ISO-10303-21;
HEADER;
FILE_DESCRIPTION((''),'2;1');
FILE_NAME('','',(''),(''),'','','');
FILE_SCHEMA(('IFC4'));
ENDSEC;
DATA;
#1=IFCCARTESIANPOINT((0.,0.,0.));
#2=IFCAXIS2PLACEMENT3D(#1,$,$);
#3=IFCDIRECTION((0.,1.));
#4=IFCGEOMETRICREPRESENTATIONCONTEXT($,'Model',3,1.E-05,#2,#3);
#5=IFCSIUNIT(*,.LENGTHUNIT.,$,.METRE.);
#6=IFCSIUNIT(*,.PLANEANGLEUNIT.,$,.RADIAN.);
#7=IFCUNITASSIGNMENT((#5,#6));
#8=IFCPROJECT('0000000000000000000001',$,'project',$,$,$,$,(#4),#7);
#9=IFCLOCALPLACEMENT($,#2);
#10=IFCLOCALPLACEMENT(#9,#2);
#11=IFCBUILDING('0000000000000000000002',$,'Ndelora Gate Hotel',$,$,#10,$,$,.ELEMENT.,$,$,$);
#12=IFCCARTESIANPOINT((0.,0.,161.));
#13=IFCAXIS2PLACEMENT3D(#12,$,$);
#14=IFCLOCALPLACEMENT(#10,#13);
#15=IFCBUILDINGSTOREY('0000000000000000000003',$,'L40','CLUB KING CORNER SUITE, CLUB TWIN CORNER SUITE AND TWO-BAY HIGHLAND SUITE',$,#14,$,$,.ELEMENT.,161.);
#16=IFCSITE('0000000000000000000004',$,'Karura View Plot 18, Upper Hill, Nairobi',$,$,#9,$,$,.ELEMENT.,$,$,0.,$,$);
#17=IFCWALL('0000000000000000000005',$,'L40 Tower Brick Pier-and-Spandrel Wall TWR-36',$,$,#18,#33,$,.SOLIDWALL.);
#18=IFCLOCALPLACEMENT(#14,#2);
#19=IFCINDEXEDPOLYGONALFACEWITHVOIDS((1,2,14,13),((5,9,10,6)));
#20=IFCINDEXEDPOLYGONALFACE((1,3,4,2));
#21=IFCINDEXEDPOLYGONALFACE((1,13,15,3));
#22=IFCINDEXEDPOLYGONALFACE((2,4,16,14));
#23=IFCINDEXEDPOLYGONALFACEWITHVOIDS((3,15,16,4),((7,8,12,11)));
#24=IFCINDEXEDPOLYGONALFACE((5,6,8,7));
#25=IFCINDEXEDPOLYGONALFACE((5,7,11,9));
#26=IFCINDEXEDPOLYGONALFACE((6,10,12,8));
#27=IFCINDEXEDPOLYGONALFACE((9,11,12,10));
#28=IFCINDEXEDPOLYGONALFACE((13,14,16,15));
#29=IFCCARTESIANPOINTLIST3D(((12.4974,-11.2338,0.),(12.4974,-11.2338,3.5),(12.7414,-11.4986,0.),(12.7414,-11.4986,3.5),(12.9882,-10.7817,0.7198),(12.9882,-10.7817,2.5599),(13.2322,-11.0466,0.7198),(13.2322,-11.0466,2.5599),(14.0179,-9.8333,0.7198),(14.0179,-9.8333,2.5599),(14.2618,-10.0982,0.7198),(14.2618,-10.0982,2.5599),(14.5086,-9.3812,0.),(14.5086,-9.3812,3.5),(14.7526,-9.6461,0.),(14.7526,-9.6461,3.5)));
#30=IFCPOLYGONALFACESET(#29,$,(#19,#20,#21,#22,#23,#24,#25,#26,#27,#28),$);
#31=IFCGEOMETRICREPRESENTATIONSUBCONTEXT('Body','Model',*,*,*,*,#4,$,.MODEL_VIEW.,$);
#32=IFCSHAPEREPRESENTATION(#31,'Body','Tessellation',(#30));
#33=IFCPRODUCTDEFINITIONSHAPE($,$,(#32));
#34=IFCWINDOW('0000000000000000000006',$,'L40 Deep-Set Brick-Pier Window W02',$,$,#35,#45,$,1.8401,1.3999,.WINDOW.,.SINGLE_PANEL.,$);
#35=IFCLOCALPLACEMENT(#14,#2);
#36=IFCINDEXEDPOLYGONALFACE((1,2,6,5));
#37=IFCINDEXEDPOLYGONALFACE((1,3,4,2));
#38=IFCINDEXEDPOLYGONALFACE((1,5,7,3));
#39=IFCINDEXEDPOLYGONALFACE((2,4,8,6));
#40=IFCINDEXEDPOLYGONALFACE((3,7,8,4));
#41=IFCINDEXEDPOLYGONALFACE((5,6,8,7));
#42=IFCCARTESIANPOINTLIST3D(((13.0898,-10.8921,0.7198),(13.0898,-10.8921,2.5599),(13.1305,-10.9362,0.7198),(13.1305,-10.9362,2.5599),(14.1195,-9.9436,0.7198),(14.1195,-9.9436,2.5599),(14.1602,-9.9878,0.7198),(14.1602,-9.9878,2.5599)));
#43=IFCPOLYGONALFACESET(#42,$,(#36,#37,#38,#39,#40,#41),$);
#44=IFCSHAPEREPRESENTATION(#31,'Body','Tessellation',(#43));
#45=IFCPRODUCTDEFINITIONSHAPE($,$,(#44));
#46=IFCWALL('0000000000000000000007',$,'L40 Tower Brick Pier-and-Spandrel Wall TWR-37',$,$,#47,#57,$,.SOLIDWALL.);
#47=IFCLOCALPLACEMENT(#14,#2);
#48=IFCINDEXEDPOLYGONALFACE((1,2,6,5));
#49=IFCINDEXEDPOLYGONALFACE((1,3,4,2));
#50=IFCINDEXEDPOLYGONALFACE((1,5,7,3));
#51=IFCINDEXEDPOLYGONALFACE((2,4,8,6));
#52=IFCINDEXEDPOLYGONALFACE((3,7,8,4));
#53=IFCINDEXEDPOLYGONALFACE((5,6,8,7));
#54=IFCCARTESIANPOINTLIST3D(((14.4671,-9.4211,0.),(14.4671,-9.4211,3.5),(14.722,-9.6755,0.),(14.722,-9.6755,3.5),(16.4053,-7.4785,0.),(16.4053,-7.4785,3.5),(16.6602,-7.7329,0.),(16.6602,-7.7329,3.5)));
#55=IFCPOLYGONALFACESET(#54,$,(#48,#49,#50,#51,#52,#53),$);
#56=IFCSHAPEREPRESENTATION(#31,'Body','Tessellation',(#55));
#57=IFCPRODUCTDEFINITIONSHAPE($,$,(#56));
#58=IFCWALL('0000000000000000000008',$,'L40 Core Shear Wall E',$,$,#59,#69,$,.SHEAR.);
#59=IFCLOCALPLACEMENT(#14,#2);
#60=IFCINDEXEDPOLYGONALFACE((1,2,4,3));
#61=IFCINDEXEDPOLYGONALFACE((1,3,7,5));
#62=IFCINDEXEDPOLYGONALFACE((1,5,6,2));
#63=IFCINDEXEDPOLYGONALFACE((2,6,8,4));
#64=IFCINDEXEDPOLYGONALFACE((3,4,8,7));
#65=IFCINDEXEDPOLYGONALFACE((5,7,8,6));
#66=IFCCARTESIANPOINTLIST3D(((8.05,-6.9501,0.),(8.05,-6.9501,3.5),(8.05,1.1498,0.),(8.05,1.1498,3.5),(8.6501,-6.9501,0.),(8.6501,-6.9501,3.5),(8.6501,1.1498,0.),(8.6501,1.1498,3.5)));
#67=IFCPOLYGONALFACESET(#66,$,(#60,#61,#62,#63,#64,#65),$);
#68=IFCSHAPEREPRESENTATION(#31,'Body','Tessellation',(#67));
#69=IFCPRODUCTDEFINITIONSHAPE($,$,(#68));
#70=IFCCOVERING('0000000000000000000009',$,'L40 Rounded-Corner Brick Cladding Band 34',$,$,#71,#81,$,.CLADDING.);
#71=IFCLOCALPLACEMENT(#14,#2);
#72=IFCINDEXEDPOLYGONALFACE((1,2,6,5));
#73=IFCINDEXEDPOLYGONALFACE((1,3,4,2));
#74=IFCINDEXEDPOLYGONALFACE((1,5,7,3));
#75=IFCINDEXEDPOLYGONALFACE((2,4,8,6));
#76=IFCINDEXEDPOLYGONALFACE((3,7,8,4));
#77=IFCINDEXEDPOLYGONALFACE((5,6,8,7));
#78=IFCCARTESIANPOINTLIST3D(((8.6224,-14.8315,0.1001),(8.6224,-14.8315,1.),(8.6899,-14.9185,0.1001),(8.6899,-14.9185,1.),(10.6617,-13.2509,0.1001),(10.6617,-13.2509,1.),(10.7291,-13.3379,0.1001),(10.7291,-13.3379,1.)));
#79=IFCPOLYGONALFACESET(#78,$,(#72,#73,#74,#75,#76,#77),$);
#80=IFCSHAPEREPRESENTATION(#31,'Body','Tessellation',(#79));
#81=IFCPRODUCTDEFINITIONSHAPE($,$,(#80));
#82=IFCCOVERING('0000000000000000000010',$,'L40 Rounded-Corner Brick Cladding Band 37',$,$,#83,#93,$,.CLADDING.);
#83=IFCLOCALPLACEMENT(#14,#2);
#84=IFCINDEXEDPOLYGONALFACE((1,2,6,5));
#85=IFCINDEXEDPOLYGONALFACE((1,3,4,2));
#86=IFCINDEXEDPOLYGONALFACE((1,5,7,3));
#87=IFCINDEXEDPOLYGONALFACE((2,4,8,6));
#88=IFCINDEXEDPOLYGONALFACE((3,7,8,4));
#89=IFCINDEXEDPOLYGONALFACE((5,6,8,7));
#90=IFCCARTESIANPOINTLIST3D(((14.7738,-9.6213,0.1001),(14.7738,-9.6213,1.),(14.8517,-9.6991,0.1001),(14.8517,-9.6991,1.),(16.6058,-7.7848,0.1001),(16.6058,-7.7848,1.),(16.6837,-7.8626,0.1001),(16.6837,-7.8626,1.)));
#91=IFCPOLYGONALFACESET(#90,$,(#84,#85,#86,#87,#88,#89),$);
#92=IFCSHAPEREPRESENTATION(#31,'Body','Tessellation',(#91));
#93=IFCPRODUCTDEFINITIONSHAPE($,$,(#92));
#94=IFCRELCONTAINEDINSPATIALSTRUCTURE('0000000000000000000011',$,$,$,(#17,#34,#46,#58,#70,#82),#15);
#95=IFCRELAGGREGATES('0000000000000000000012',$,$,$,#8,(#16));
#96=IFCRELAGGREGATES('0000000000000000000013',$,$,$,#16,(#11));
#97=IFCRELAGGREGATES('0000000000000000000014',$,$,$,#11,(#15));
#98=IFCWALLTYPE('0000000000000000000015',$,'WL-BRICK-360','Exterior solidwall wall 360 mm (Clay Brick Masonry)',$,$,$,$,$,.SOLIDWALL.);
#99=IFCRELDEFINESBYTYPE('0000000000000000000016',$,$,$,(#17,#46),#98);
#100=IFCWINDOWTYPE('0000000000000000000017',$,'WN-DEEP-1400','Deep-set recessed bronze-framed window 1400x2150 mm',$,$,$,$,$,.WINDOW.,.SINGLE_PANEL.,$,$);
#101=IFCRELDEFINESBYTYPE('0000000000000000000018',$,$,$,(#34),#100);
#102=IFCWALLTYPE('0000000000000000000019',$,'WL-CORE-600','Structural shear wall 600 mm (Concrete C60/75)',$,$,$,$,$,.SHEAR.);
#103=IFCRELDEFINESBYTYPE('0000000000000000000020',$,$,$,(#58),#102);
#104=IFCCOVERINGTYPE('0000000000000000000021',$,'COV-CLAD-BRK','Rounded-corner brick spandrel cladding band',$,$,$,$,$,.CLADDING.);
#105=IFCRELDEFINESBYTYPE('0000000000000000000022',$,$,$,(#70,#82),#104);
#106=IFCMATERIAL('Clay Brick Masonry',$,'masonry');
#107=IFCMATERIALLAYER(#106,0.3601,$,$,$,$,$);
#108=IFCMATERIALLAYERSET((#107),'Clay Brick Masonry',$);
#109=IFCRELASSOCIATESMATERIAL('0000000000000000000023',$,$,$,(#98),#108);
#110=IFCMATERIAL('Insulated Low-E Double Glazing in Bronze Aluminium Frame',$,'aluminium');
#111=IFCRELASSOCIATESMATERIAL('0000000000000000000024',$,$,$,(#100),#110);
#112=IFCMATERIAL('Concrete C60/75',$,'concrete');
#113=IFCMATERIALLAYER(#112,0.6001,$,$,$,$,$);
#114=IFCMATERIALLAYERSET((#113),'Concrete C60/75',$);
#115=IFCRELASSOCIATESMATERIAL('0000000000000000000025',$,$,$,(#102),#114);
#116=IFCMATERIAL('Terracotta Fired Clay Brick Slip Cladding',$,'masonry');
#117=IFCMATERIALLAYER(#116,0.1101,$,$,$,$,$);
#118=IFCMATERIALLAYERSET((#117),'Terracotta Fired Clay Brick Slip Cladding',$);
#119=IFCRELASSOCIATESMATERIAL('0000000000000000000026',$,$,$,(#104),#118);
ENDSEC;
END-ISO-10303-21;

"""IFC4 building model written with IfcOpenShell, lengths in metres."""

from ifc_helpers import new_model, si_unit, direction, frame, frame_2d, origin, origin_2d, place, context, subcontext, project, spatial, rectangle, extrude, material, layer, layer_set, type_object, element, fill, save


model = new_model("IFC4")

# Units and contexts
model_context = context("Model", 3, precision=1e-05, world=origin(), true_north=direction((0.0, 1.0)))
body_context = subcontext(model_context, "Body", "Model", "MODEL_VIEW")
ifc_project = project(units=[si_unit("LENGTHUNIT", "METRE"), si_unit("PLANEANGLEUNIT", "RADIAN")], contexts=[model_context])

# Site, building, storey
site_placement = place(None, origin())
site = spatial("IfcSite", under=ifc_project, at=site_placement, Name="Karura View Plot 18, Upper Hill, Nairobi", CompositionType="ELEMENT", RefElevation=0.0)
building_placement = place(site_placement, origin())
building = spatial("IfcBuilding", under=site, at=building_placement, Name="Ndelora Gate Hotel", CompositionType="ELEMENT")
storey_placement = place(building_placement, frame((0.0, 0.0, 161.0)))
storey = spatial("IfcBuildingStorey", under=building, at=storey_placement, Name="L40", Description="CLUB KING CORNER SUITE, CLUB TWIN CORNER SUITE AND TWO-BAY HIGHLAND SUITE", CompositionType="ELEMENT", Elevation=161.0)

# Shared definitions
ifc_material_1 = material(Name="Concrete C60/75", Category="concrete")

# Shared definitions
ifc_material_2 = material(Name="Clay Brick Masonry", Category="masonry")
ifc_layer_1 = layer(ifc_material_2, 0.3601)
ifc_layer_set_1 = layer_set([ifc_layer_1], Name="Clay Brick Masonry")
wall_type_1 = type_object("IfcWallType", Name="WL-BRICK-360", Description="Exterior solidwall wall 360 mm (Clay Brick Masonry)", PredefinedType="SOLIDWALL", material=ifc_layer_set_1)
ifc_material_3 = material(Name="Insulated Low-E Double Glazing in Bronze Aluminium Frame", Category="aluminium")
window_type = type_object("IfcWindowType", Name="WN-DEEP-1400", Description="Deep-set recessed bronze-framed window 1400x2150 mm", PartitioningType="SINGLE_PANEL", PredefinedType="WINDOW", material=ifc_material_3)

# Wall, opening, window
wall_1_placement = place(storey_placement, frame((14.6306, -9.5137, 0.0), z_axis=(0.0, 0.0, 1.0), x_axis=(-0.735529, -0.677494, 0.0)))
wall_1 = element("IfcWall", 1, at=wall_1_placement, inside=storey, type_object=wall_type_1, Name="L40 Tower Brick Pier-and-Spandrel Wall TWR-36", PredefinedType="SOLIDWALL", context=body_context, shape_type="SweptSolid", body=[
    extrude(rectangle(XDim=2.7344, YDim=0.3601, at=frame_2d((1.3672, 0.0))), origin(), (0.0, 0.0, 1.0), 3.5),
])
opening_1_placement = place(wall_1_placement, frame((0.6672, 0.0, 0.72)))
opening_1 = element("IfcOpeningElement", 2, at=opening_1_placement, cuts=wall_1, PredefinedType="OPENING", context=body_context, shape_type="SweptSolid", body=[
    extrude(rectangle(XDim=1.3999, YDim=1.8401, at=frame_2d((0.7, 0.9199))), frame((0.0, 0.1899, 0.0), z_axis=(0.0, -1.0, 0.0), x_axis=(1.0, 0.0, 0.0)), (0.0, 0.0, 1.0), 0.3801),
])
window_1_placement = place(opening_1_placement, origin())
window_1 = element("IfcWindow", 3, at=window_1_placement, inside=storey, type_object=window_type, Name="L40 Deep-Set Brick-Pier Window W02", OverallHeight=1.8401, OverallWidth=1.3999, PartitioningType="SINGLE_PANEL", PredefinedType="WINDOW", context=body_context, shape_type="SweptSolid", body=[
    extrude(rectangle(XDim=1.3999, YDim=1.8401, at=frame_2d((0.7, 0.9199))), frame((0.0, 0.03, 0.0), z_axis=(0.0, -1.0, 0.0), x_axis=(1.0, 0.0, 0.0)), (0.0, 0.0, 1.0), 0.0601),
])
fill(opening_1, window_1)

# Walls
wall_2_placement = place(storey_placement, frame((16.5327, -7.6057, 0.0), z_axis=(0.0, 0.0, 1.0), x_axis=(-0.706306, -0.707907, 0.0)))
element("IfcWall", 4, at=wall_2_placement, inside=storey, type_object=wall_type_1, Name="L40 Tower Brick Pier-and-Spandrel Wall TWR-37", PredefinedType="SOLIDWALL", context=body_context, shape_type="SweptSolid", body=[
    extrude(rectangle(XDim=2.7441, YDim=0.3601, at=frame_2d((1.3721, 0.0))), origin(), (0.0, 0.0, 1.0), 3.5),
])
ifc_layer_2 = layer(ifc_material_1, 0.6001)
ifc_layer_set_2 = layer_set([ifc_layer_2], Name="Concrete C60/75")
wall_type_2 = type_object("IfcWallType", Name="WL-CORE-600", Description="Structural shear wall 600 mm (Concrete C60/75)", PredefinedType="SHEAR", material=ifc_layer_set_2)
wall_3_placement = place(storey_placement, frame((8.3501, -6.95, 0.0), z_axis=(0.0, 0.0, 1.0), x_axis=(0.0, 1.0, 0.0)))
element("IfcWall", 5, at=wall_3_placement, inside=storey, type_object=wall_type_2, Name="L40 Core Shear Wall E", PredefinedType="SHEAR", context=body_context, shape_type="SweptSolid", body=[
    extrude(rectangle(XDim=8.0999, YDim=0.6001, at=frame_2d((4.0498, 0.0))), origin(), (0.0, 0.0, 1.0), 3.5),
])

# Coverings
ifc_material_4 = material(Name="Terracotta Fired Clay Brick Slip Cladding", Category="masonry")
ifc_layer_3 = layer(ifc_material_4, 0.1101)
ifc_layer_set_3 = layer_set([ifc_layer_3], Name="Terracotta Fired Clay Brick Slip Cladding")
covering_type = type_object("IfcCoveringType", Name="COV-CLAD-BRK", Description="Rounded-corner brick spandrel cladding band", PredefinedType="CLADDING", material=ifc_layer_set_3)
covering_1_placement = place(storey_placement, frame((9.6758, -14.0847, 0.1001), z_axis=(0.0, 0.0, 1.0), x_axis=(0.790369, 0.612631, 0.0)))
element("IfcCovering", 6, at=covering_1_placement, inside=storey, type_object=covering_type, Name="L40 Rounded-Corner Brick Cladding Band 34", PredefinedType="CLADDING", context=body_context, shape_type="SweptSolid", body=[
    extrude(rectangle(XDim=2.5801, YDim=0.1101, at=origin_2d()), origin(), (0.0, 0.0, 1.0), 0.8999),
])
covering_2_placement = place(storey_placement, frame((15.7288, -8.7419, 0.1001), z_axis=(0.0, 0.0, 1.0), x_axis=(0.706242, 0.70797, 0.0)))
element("IfcCovering", 7, at=covering_2_placement, inside=storey, type_object=covering_type, Name="L40 Rounded-Corner Brick Cladding Band 37", PredefinedType="CLADDING", context=body_context, shape_type="SweptSolid", body=[
    extrude(rectangle(XDim=2.594, YDim=0.1101, at=origin_2d()), origin(), (0.0, 0.0, 1.0), 0.8999),
])

save(model, "model.ifc")
